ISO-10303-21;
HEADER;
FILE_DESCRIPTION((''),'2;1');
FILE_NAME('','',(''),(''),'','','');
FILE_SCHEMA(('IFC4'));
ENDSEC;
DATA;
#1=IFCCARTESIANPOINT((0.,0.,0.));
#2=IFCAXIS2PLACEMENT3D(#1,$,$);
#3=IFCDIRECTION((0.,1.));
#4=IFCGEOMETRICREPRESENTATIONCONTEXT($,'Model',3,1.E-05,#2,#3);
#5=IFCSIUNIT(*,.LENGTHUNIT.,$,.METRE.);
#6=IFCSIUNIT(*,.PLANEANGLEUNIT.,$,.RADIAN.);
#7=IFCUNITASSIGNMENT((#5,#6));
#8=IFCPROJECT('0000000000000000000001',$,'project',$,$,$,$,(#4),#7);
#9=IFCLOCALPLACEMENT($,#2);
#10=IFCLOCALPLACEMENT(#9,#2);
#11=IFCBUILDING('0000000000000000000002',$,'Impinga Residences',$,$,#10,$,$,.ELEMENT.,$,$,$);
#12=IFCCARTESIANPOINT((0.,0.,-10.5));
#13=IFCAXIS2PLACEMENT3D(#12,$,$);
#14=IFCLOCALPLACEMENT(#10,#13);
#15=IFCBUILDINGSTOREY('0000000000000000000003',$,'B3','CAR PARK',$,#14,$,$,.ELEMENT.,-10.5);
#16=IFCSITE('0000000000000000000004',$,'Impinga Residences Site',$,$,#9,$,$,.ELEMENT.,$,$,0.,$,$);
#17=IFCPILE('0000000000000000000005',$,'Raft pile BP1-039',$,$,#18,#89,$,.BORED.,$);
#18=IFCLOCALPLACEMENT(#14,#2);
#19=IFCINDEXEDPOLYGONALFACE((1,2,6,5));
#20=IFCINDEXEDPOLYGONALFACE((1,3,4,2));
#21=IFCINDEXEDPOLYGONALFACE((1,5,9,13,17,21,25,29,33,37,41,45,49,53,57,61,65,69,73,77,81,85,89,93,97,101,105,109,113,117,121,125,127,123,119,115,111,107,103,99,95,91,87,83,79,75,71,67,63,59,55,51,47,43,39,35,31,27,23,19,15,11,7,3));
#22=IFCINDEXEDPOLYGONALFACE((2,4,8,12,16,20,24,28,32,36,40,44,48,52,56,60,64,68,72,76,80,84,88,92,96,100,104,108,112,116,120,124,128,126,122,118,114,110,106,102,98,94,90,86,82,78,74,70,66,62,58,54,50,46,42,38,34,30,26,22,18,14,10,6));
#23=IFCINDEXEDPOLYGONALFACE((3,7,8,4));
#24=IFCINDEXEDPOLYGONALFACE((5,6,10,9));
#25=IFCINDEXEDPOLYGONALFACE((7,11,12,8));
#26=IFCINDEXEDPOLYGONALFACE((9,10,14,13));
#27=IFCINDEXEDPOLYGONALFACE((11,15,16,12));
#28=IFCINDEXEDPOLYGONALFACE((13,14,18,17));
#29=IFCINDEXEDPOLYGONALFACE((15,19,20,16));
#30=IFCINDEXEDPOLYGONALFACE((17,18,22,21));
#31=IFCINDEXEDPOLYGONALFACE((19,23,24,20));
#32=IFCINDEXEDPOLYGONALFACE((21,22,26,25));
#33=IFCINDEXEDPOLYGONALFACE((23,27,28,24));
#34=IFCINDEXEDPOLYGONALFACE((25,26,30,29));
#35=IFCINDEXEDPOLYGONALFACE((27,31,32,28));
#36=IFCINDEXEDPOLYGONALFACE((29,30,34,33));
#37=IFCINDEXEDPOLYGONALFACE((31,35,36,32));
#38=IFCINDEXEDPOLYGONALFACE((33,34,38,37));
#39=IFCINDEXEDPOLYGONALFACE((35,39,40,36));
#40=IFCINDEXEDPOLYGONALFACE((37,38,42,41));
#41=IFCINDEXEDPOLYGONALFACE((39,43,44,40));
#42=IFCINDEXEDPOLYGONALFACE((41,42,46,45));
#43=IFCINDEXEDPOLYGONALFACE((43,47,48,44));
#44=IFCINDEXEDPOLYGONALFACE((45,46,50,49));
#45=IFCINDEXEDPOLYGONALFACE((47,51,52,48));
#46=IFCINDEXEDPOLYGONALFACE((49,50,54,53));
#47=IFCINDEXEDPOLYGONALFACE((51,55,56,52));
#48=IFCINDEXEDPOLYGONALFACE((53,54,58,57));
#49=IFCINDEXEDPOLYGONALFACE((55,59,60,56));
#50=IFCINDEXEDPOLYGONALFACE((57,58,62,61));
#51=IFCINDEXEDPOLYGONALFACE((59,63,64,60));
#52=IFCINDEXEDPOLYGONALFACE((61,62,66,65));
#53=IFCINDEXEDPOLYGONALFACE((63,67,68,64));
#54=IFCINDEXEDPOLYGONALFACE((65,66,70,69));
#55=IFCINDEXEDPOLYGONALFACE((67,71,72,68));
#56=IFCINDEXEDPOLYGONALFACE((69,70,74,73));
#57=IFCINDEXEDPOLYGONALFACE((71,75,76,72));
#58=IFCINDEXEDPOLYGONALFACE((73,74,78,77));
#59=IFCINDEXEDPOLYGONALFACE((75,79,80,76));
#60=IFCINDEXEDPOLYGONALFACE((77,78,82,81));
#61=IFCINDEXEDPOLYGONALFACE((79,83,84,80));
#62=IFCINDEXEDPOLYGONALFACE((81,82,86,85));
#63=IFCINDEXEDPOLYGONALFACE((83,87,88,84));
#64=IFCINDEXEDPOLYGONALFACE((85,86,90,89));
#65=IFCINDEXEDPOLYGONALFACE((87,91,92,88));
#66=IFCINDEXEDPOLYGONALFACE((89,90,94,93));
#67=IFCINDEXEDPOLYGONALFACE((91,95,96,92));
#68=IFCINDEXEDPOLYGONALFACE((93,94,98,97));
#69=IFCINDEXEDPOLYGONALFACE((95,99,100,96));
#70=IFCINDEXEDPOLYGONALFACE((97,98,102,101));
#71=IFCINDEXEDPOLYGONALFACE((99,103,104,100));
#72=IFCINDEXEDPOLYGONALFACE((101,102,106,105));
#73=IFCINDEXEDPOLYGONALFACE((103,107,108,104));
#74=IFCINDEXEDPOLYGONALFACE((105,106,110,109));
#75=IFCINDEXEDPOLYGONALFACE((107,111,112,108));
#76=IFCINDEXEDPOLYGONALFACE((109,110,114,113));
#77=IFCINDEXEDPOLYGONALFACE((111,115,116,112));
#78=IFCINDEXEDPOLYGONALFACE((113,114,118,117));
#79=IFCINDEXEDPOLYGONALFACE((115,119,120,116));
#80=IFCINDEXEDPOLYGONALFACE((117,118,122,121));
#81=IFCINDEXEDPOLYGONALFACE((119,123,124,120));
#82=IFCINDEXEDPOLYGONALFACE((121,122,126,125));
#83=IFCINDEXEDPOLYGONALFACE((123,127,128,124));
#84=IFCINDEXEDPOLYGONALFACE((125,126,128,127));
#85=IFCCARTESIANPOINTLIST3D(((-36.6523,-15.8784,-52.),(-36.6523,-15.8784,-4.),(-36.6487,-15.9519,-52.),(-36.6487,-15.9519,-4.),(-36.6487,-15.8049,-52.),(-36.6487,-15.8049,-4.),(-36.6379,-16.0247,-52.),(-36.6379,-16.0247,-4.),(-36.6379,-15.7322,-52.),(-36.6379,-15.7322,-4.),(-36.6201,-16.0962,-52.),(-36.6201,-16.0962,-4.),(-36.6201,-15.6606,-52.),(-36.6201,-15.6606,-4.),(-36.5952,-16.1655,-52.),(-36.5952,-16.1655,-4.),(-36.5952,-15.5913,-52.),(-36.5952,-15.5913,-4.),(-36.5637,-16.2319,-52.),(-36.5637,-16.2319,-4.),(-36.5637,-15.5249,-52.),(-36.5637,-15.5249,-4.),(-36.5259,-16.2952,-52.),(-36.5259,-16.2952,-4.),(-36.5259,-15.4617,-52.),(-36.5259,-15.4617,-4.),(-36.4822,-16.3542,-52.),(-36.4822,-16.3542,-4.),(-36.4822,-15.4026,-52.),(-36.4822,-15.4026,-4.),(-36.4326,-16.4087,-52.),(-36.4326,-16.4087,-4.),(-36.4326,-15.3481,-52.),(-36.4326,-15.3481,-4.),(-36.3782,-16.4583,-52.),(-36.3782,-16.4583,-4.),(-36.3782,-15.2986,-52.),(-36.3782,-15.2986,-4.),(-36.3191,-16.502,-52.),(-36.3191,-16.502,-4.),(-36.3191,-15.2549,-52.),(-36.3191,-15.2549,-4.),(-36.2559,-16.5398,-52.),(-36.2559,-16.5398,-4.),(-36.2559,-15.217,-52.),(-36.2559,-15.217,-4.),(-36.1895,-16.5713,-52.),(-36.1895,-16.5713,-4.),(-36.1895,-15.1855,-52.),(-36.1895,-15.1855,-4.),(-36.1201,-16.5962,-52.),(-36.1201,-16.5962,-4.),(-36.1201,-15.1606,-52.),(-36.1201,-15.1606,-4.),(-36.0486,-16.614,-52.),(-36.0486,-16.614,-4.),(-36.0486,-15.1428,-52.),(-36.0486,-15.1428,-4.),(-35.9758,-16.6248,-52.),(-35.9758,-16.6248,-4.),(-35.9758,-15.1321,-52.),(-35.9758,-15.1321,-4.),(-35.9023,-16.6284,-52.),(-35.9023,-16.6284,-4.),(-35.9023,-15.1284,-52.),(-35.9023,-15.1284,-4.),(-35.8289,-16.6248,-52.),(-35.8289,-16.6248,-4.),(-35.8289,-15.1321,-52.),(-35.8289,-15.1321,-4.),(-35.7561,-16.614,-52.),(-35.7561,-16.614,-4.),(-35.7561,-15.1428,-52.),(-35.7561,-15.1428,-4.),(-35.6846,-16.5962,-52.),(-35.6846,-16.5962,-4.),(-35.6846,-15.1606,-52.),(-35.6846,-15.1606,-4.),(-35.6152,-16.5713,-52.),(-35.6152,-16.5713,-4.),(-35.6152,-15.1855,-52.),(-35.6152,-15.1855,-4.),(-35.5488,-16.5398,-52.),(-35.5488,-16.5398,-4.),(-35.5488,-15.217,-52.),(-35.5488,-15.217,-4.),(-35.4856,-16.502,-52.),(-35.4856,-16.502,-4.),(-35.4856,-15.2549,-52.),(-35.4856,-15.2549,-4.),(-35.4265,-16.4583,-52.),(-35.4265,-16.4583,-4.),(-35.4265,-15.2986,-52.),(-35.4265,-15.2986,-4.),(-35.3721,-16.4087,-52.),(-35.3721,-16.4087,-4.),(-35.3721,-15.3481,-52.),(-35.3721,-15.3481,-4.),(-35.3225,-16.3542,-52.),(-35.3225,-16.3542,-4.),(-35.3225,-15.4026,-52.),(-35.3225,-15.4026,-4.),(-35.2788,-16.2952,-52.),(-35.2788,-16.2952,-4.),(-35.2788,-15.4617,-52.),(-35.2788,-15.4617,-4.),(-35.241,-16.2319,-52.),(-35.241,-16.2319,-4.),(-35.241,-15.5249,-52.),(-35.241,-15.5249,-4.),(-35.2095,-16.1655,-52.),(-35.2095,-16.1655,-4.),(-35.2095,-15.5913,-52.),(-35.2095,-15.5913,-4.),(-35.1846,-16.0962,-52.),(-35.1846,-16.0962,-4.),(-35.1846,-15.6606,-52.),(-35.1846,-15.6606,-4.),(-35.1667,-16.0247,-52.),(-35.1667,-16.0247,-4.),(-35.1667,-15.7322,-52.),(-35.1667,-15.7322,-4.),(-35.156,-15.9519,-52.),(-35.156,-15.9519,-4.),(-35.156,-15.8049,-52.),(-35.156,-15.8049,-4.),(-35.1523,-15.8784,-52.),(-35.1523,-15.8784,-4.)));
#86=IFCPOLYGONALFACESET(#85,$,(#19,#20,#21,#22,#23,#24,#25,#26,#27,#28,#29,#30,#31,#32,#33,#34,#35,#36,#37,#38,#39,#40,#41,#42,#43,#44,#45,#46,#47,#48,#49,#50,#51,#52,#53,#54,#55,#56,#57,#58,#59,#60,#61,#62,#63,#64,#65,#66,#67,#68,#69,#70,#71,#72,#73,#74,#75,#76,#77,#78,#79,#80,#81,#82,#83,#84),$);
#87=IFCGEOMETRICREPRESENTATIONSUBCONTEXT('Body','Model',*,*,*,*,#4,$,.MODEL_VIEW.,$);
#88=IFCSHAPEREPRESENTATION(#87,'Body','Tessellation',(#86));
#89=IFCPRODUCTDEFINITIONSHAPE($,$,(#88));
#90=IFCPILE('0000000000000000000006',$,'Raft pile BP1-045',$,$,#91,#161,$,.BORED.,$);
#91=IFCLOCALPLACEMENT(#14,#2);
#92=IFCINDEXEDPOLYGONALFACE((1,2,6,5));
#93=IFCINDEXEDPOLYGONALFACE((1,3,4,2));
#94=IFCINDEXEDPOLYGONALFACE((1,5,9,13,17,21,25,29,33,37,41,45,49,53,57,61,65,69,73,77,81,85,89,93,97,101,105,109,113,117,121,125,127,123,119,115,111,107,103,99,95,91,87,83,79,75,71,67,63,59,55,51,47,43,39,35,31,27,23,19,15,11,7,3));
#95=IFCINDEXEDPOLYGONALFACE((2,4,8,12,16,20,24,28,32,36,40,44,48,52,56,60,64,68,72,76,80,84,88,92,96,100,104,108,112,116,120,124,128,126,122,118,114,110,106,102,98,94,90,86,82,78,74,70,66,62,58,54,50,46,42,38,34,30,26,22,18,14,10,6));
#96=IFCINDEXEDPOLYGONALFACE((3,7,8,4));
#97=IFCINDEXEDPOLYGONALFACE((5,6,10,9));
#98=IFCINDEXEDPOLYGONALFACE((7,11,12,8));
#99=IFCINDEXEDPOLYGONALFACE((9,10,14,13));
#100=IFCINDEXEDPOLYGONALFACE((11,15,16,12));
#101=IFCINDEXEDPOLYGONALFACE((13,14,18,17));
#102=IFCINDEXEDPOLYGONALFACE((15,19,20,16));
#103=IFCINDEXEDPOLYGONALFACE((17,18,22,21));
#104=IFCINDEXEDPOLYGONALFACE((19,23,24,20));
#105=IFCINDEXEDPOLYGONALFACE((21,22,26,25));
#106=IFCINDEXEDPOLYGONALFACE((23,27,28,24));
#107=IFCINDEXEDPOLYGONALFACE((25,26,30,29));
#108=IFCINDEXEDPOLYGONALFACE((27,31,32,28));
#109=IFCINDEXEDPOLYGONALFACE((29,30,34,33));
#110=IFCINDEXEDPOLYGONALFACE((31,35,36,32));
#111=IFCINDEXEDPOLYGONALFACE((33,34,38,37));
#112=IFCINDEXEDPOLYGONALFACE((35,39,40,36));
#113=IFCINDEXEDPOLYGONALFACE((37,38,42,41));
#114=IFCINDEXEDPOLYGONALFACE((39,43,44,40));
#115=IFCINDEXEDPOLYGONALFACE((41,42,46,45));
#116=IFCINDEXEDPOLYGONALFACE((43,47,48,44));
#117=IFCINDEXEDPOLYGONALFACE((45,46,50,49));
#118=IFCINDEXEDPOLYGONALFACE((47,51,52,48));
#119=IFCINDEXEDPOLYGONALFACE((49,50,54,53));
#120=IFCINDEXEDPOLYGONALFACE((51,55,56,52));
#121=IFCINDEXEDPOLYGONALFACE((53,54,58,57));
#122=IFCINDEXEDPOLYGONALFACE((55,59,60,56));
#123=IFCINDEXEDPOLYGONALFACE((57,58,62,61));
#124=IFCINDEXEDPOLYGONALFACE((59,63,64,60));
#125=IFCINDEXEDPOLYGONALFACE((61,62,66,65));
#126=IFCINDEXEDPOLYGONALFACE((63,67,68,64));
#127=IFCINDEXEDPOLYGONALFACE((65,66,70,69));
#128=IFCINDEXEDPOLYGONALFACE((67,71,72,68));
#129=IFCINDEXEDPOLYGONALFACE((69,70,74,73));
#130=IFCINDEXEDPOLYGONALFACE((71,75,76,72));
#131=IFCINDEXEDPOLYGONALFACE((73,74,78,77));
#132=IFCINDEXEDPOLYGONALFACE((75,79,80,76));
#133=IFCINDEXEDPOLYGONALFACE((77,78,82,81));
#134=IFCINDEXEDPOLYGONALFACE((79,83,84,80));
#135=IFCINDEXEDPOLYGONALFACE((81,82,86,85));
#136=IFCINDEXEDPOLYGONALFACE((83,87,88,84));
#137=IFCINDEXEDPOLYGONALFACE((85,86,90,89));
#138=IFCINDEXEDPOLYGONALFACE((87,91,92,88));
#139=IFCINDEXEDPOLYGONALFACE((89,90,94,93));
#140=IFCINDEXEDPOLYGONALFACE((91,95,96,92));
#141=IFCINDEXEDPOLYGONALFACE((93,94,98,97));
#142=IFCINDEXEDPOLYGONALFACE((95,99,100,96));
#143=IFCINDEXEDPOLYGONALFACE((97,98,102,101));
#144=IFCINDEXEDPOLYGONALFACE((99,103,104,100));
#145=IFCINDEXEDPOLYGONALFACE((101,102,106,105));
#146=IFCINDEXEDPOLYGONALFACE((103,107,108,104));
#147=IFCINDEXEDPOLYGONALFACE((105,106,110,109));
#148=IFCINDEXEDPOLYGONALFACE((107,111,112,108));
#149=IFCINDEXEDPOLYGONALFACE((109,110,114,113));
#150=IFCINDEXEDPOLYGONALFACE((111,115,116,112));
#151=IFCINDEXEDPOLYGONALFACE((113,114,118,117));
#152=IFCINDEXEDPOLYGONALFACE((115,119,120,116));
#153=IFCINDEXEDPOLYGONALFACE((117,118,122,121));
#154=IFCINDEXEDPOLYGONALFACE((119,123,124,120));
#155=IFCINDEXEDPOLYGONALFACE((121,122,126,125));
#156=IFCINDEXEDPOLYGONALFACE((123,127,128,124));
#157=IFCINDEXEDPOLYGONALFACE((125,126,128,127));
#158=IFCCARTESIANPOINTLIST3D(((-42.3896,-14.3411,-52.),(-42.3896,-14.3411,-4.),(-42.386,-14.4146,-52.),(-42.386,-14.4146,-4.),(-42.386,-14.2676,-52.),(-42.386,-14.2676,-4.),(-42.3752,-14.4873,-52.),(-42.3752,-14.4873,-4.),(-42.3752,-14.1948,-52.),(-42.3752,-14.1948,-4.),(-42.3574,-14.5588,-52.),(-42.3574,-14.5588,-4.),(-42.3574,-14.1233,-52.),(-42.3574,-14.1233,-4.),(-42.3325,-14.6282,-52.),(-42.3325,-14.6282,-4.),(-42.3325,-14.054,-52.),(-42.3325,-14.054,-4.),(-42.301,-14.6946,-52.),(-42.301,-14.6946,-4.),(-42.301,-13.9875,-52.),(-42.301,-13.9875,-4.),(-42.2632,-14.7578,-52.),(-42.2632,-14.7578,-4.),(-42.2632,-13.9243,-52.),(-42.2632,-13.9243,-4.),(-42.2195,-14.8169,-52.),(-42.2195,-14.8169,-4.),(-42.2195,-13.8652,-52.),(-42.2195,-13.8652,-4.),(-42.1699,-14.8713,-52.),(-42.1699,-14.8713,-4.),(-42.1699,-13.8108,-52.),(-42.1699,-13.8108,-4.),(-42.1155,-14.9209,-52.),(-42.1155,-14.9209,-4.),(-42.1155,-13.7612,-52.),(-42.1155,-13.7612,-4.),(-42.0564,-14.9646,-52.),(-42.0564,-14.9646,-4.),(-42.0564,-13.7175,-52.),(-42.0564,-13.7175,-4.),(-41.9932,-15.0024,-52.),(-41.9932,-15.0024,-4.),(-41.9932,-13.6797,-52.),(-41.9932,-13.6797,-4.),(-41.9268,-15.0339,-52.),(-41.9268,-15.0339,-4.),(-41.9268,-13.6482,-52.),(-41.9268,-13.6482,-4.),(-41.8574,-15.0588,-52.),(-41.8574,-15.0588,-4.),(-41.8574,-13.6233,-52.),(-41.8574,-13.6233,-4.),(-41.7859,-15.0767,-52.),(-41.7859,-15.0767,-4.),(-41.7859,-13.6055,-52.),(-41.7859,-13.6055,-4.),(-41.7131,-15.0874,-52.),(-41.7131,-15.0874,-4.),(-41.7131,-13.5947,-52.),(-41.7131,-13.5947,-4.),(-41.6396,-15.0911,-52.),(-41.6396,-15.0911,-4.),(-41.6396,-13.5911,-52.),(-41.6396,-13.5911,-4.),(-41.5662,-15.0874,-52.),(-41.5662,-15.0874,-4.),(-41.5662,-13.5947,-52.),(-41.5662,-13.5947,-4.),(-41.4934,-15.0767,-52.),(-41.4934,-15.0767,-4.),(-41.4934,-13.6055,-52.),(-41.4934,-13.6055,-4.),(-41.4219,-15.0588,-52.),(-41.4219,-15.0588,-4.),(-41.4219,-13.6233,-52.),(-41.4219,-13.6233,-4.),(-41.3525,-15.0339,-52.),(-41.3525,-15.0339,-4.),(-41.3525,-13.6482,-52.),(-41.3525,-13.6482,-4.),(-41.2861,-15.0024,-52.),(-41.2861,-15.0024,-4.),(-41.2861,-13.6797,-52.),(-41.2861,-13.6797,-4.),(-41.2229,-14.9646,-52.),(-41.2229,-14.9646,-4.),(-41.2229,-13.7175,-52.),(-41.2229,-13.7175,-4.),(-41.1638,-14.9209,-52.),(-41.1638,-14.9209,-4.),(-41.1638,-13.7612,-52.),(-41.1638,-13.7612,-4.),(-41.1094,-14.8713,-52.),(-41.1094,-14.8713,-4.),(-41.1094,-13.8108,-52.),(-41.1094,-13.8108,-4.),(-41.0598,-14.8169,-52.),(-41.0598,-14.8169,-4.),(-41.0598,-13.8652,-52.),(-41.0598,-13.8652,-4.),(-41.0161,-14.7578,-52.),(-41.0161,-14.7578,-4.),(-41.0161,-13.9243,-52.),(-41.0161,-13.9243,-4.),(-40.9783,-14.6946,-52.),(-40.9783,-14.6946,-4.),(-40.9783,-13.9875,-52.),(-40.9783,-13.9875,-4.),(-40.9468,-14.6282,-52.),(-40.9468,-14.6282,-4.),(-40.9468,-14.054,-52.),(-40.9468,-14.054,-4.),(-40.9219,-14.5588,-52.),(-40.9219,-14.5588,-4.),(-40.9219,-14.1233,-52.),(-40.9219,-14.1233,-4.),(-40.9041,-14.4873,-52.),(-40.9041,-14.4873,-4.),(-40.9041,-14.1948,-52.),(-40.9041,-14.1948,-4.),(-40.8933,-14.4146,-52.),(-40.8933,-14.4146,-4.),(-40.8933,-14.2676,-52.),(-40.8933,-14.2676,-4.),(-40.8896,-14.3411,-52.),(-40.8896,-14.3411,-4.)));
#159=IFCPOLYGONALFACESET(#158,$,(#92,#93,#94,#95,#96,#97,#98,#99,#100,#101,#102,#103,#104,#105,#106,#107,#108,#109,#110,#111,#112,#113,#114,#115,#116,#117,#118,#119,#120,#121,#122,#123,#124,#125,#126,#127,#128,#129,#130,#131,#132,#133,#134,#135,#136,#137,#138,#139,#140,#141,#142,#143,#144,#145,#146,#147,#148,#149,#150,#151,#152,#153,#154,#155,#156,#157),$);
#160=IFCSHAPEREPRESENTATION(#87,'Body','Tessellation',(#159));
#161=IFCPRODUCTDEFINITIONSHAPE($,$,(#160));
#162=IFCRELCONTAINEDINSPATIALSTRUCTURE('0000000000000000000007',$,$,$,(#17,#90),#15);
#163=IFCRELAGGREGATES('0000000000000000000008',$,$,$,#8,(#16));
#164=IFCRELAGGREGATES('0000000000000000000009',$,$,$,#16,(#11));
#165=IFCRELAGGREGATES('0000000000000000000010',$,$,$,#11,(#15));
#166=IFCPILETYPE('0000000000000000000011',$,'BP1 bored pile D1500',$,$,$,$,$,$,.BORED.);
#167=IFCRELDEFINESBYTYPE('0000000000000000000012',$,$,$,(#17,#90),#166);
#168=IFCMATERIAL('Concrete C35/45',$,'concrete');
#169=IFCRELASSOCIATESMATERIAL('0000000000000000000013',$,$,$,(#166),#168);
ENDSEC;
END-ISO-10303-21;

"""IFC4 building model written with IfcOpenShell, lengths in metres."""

from ifc_helpers import new_model, si_unit, direction, frame, origin, origin_2d, place, context, subcontext, project, spatial, polyline, circle, outline, extrude, material, material_profile, profile_set, type_object, element, save


model = new_model("IFC4")

# Units and contexts
model_context = context("Model", 3, precision=1e-05, world=origin(), true_north=direction((0.0, 1.0)))
body_context = subcontext(model_context, "Body", "Model", "MODEL_VIEW")
ifc_project = project(units=[si_unit("LENGTHUNIT", "METRE"), si_unit("PLANEANGLEUNIT", "RADIAN")], contexts=[model_context])

# Site, building, storey
site_placement = place(None, origin())
site = spatial("IfcSite", under=ifc_project, at=site_placement, Name="Impinga Residences Site", CompositionType="ELEMENT", RefElevation=0.0)
building_placement = place(site_placement, origin())
building = spatial("IfcBuilding", under=site, at=building_placement, Name="Impinga Residences", CompositionType="ELEMENT")
storey_placement = place(building_placement, frame((0.0, 0.0, -10.5)))
storey = spatial("IfcBuildingStorey", under=building, at=storey_placement, Name="B3", Description="CAR PARK", CompositionType="ELEMENT", Elevation=-10.5)

# Piles
ifc_material_1 = material(Name="Concrete C35/45", Category="concrete")
ifc_material_profile_1 = material_profile(ifc_material_1, circle(Radius=0.75, at=origin_2d()), Name="D1500")
ifc_profile_set_1 = profile_set([ifc_material_profile_1], Name="Concrete C35/45")
pile_type_1 = type_object("IfcPileType", Name="BP1 bored pile D1500", PredefinedType="BORED", material=ifc_profile_set_1)
pile_1_placement = place(storey_placement, frame((-35.9023, -15.8784, -4.0), z_axis=(0.0, 0.0, -1.0), x_axis=(1.0, 0.0, 0.0)))
element("IfcPile", 1, at=pile_1_placement, inside=storey, type_object=pile_type_1, Name="Raft pile BP1-039", PredefinedType="BORED", context=body_context, shape_type="SweptSolid", body=[
    extrude(outline(polyline([(0.75, 0.0), (0.7463, 0.0735), (0.7356, 0.1462), (0.7178, 0.2178), (0.6929, 0.2871), (0.6614, 0.3535), (0.6235, 0.4167), (0.5798, 0.4758), (0.5303, 0.5303), (0.4758, 0.5798), (0.4167, 0.6235), (0.3535, 0.6614), (0.2871, 0.6929), (0.2178, 0.7178), (0.1462, 0.7356), (0.0735, 0.7463), (0.0, 0.75), (-0.0735, 0.7463), (-0.1462, 0.7356), (-0.2178, 0.7178), (-0.2871, 0.6929), (-0.3535, 0.6614), (-0.4167, 0.6235), (-0.4758, 0.5798), (-0.5303, 0.5303), (-0.5798, 0.4758), (-0.6235, 0.4167), (-0.6614, 0.3535), (-0.6929, 0.2871), (-0.7178, 0.2178), (-0.7356, 0.1462), (-0.7463, 0.0735), (-0.75, 0.0), (-0.7463, -0.0735), (-0.7356, -0.1462), (-0.7178, -0.2178), (-0.6929, -0.2871), (-0.6614, -0.3535), (-0.6235, -0.4167), (-0.5798, -0.4758), (-0.5303, -0.5303), (-0.4758, -0.5798), (-0.4167, -0.6235), (-0.3535, -0.6614), (-0.2871, -0.6929), (-0.2178, -0.7178), (-0.1462, -0.7356), (-0.0735, -0.7463), (0.0, -0.75), (0.0735, -0.7463), (0.1462, -0.7356), (0.2178, -0.7178), (0.2871, -0.6929), (0.3535, -0.6614), (0.4167, -0.6235), (0.4758, -0.5798), (0.5303, -0.5303), (0.5798, -0.4758), (0.6235, -0.4167), (0.6614, -0.3535), (0.6929, -0.2871), (0.7178, -0.2178), (0.7356, -0.1462), (0.7463, -0.0735), (0.75, 0.0)])), origin(), (0.0, 0.0, 1.0), 48.0),
])
pile_2_placement = place(storey_placement, frame((-41.6396, -14.3411, -4.0), z_axis=(0.0, 0.0, -1.0), x_axis=(1.0, 0.0, 0.0)))
element("IfcPile", 2, at=pile_2_placement, inside=storey, type_object=pile_type_1, Name="Raft pile BP1-045", PredefinedType="BORED", context=body_context, shape_type="SweptSolid", body=[
    extrude(outline(polyline([(0.75, 0.0), (0.7463, 0.0735), (0.7356, 0.1462), (0.7178, 0.2178), (0.6929, 0.2871), (0.6614, 0.3535), (0.6235, 0.4167), (0.5798, 0.4758), (0.5303, 0.5303), (0.4758, 0.5798), (0.4167, 0.6235), (0.3535, 0.6614), (0.2871, 0.6929), (0.2178, 0.7178), (0.1462, 0.7356), (0.0735, 0.7463), (0.0, 0.75), (-0.0735, 0.7463), (-0.1462, 0.7356), (-0.2178, 0.7178), (-0.2871, 0.6929), (-0.3535, 0.6614), (-0.4167, 0.6235), (-0.4758, 0.5798), (-0.5303, 0.5303), (-0.5798, 0.4758), (-0.6235, 0.4167), (-0.6614, 0.3535), (-0.6929, 0.2871), (-0.7178, 0.2178), (-0.7356, 0.1462), (-0.7463, 0.0735), (-0.75, 0.0), (-0.7463, -0.0735), (-0.7356, -0.1462), (-0.7178, -0.2178), (-0.6929, -0.2871), (-0.6614, -0.3535), (-0.6235, -0.4167), (-0.5798, -0.4758), (-0.5303, -0.5303), (-0.4758, -0.5798), (-0.4167, -0.6235), (-0.3535, -0.6614), (-0.2871, -0.6929), (-0.2178, -0.7178), (-0.1462, -0.7356), (-0.0735, -0.7463), (0.0, -0.75), (0.0735, -0.7463), (0.1462, -0.7356), (0.2178, -0.7178), (0.2871, -0.6929), (0.3535, -0.6614), (0.4167, -0.6235), (0.4758, -0.5798), (0.5303, -0.5303), (0.5798, -0.4758), (0.6235, -0.4167), (0.6614, -0.3535), (0.6929, -0.2871), (0.7178, -0.2178), (0.7356, -0.1462), (0.7463, -0.0735), (0.75, 0.0)])), origin(), (0.0, 0.0, 1.0), 48.0),
])

save(model, "model.ifc")
